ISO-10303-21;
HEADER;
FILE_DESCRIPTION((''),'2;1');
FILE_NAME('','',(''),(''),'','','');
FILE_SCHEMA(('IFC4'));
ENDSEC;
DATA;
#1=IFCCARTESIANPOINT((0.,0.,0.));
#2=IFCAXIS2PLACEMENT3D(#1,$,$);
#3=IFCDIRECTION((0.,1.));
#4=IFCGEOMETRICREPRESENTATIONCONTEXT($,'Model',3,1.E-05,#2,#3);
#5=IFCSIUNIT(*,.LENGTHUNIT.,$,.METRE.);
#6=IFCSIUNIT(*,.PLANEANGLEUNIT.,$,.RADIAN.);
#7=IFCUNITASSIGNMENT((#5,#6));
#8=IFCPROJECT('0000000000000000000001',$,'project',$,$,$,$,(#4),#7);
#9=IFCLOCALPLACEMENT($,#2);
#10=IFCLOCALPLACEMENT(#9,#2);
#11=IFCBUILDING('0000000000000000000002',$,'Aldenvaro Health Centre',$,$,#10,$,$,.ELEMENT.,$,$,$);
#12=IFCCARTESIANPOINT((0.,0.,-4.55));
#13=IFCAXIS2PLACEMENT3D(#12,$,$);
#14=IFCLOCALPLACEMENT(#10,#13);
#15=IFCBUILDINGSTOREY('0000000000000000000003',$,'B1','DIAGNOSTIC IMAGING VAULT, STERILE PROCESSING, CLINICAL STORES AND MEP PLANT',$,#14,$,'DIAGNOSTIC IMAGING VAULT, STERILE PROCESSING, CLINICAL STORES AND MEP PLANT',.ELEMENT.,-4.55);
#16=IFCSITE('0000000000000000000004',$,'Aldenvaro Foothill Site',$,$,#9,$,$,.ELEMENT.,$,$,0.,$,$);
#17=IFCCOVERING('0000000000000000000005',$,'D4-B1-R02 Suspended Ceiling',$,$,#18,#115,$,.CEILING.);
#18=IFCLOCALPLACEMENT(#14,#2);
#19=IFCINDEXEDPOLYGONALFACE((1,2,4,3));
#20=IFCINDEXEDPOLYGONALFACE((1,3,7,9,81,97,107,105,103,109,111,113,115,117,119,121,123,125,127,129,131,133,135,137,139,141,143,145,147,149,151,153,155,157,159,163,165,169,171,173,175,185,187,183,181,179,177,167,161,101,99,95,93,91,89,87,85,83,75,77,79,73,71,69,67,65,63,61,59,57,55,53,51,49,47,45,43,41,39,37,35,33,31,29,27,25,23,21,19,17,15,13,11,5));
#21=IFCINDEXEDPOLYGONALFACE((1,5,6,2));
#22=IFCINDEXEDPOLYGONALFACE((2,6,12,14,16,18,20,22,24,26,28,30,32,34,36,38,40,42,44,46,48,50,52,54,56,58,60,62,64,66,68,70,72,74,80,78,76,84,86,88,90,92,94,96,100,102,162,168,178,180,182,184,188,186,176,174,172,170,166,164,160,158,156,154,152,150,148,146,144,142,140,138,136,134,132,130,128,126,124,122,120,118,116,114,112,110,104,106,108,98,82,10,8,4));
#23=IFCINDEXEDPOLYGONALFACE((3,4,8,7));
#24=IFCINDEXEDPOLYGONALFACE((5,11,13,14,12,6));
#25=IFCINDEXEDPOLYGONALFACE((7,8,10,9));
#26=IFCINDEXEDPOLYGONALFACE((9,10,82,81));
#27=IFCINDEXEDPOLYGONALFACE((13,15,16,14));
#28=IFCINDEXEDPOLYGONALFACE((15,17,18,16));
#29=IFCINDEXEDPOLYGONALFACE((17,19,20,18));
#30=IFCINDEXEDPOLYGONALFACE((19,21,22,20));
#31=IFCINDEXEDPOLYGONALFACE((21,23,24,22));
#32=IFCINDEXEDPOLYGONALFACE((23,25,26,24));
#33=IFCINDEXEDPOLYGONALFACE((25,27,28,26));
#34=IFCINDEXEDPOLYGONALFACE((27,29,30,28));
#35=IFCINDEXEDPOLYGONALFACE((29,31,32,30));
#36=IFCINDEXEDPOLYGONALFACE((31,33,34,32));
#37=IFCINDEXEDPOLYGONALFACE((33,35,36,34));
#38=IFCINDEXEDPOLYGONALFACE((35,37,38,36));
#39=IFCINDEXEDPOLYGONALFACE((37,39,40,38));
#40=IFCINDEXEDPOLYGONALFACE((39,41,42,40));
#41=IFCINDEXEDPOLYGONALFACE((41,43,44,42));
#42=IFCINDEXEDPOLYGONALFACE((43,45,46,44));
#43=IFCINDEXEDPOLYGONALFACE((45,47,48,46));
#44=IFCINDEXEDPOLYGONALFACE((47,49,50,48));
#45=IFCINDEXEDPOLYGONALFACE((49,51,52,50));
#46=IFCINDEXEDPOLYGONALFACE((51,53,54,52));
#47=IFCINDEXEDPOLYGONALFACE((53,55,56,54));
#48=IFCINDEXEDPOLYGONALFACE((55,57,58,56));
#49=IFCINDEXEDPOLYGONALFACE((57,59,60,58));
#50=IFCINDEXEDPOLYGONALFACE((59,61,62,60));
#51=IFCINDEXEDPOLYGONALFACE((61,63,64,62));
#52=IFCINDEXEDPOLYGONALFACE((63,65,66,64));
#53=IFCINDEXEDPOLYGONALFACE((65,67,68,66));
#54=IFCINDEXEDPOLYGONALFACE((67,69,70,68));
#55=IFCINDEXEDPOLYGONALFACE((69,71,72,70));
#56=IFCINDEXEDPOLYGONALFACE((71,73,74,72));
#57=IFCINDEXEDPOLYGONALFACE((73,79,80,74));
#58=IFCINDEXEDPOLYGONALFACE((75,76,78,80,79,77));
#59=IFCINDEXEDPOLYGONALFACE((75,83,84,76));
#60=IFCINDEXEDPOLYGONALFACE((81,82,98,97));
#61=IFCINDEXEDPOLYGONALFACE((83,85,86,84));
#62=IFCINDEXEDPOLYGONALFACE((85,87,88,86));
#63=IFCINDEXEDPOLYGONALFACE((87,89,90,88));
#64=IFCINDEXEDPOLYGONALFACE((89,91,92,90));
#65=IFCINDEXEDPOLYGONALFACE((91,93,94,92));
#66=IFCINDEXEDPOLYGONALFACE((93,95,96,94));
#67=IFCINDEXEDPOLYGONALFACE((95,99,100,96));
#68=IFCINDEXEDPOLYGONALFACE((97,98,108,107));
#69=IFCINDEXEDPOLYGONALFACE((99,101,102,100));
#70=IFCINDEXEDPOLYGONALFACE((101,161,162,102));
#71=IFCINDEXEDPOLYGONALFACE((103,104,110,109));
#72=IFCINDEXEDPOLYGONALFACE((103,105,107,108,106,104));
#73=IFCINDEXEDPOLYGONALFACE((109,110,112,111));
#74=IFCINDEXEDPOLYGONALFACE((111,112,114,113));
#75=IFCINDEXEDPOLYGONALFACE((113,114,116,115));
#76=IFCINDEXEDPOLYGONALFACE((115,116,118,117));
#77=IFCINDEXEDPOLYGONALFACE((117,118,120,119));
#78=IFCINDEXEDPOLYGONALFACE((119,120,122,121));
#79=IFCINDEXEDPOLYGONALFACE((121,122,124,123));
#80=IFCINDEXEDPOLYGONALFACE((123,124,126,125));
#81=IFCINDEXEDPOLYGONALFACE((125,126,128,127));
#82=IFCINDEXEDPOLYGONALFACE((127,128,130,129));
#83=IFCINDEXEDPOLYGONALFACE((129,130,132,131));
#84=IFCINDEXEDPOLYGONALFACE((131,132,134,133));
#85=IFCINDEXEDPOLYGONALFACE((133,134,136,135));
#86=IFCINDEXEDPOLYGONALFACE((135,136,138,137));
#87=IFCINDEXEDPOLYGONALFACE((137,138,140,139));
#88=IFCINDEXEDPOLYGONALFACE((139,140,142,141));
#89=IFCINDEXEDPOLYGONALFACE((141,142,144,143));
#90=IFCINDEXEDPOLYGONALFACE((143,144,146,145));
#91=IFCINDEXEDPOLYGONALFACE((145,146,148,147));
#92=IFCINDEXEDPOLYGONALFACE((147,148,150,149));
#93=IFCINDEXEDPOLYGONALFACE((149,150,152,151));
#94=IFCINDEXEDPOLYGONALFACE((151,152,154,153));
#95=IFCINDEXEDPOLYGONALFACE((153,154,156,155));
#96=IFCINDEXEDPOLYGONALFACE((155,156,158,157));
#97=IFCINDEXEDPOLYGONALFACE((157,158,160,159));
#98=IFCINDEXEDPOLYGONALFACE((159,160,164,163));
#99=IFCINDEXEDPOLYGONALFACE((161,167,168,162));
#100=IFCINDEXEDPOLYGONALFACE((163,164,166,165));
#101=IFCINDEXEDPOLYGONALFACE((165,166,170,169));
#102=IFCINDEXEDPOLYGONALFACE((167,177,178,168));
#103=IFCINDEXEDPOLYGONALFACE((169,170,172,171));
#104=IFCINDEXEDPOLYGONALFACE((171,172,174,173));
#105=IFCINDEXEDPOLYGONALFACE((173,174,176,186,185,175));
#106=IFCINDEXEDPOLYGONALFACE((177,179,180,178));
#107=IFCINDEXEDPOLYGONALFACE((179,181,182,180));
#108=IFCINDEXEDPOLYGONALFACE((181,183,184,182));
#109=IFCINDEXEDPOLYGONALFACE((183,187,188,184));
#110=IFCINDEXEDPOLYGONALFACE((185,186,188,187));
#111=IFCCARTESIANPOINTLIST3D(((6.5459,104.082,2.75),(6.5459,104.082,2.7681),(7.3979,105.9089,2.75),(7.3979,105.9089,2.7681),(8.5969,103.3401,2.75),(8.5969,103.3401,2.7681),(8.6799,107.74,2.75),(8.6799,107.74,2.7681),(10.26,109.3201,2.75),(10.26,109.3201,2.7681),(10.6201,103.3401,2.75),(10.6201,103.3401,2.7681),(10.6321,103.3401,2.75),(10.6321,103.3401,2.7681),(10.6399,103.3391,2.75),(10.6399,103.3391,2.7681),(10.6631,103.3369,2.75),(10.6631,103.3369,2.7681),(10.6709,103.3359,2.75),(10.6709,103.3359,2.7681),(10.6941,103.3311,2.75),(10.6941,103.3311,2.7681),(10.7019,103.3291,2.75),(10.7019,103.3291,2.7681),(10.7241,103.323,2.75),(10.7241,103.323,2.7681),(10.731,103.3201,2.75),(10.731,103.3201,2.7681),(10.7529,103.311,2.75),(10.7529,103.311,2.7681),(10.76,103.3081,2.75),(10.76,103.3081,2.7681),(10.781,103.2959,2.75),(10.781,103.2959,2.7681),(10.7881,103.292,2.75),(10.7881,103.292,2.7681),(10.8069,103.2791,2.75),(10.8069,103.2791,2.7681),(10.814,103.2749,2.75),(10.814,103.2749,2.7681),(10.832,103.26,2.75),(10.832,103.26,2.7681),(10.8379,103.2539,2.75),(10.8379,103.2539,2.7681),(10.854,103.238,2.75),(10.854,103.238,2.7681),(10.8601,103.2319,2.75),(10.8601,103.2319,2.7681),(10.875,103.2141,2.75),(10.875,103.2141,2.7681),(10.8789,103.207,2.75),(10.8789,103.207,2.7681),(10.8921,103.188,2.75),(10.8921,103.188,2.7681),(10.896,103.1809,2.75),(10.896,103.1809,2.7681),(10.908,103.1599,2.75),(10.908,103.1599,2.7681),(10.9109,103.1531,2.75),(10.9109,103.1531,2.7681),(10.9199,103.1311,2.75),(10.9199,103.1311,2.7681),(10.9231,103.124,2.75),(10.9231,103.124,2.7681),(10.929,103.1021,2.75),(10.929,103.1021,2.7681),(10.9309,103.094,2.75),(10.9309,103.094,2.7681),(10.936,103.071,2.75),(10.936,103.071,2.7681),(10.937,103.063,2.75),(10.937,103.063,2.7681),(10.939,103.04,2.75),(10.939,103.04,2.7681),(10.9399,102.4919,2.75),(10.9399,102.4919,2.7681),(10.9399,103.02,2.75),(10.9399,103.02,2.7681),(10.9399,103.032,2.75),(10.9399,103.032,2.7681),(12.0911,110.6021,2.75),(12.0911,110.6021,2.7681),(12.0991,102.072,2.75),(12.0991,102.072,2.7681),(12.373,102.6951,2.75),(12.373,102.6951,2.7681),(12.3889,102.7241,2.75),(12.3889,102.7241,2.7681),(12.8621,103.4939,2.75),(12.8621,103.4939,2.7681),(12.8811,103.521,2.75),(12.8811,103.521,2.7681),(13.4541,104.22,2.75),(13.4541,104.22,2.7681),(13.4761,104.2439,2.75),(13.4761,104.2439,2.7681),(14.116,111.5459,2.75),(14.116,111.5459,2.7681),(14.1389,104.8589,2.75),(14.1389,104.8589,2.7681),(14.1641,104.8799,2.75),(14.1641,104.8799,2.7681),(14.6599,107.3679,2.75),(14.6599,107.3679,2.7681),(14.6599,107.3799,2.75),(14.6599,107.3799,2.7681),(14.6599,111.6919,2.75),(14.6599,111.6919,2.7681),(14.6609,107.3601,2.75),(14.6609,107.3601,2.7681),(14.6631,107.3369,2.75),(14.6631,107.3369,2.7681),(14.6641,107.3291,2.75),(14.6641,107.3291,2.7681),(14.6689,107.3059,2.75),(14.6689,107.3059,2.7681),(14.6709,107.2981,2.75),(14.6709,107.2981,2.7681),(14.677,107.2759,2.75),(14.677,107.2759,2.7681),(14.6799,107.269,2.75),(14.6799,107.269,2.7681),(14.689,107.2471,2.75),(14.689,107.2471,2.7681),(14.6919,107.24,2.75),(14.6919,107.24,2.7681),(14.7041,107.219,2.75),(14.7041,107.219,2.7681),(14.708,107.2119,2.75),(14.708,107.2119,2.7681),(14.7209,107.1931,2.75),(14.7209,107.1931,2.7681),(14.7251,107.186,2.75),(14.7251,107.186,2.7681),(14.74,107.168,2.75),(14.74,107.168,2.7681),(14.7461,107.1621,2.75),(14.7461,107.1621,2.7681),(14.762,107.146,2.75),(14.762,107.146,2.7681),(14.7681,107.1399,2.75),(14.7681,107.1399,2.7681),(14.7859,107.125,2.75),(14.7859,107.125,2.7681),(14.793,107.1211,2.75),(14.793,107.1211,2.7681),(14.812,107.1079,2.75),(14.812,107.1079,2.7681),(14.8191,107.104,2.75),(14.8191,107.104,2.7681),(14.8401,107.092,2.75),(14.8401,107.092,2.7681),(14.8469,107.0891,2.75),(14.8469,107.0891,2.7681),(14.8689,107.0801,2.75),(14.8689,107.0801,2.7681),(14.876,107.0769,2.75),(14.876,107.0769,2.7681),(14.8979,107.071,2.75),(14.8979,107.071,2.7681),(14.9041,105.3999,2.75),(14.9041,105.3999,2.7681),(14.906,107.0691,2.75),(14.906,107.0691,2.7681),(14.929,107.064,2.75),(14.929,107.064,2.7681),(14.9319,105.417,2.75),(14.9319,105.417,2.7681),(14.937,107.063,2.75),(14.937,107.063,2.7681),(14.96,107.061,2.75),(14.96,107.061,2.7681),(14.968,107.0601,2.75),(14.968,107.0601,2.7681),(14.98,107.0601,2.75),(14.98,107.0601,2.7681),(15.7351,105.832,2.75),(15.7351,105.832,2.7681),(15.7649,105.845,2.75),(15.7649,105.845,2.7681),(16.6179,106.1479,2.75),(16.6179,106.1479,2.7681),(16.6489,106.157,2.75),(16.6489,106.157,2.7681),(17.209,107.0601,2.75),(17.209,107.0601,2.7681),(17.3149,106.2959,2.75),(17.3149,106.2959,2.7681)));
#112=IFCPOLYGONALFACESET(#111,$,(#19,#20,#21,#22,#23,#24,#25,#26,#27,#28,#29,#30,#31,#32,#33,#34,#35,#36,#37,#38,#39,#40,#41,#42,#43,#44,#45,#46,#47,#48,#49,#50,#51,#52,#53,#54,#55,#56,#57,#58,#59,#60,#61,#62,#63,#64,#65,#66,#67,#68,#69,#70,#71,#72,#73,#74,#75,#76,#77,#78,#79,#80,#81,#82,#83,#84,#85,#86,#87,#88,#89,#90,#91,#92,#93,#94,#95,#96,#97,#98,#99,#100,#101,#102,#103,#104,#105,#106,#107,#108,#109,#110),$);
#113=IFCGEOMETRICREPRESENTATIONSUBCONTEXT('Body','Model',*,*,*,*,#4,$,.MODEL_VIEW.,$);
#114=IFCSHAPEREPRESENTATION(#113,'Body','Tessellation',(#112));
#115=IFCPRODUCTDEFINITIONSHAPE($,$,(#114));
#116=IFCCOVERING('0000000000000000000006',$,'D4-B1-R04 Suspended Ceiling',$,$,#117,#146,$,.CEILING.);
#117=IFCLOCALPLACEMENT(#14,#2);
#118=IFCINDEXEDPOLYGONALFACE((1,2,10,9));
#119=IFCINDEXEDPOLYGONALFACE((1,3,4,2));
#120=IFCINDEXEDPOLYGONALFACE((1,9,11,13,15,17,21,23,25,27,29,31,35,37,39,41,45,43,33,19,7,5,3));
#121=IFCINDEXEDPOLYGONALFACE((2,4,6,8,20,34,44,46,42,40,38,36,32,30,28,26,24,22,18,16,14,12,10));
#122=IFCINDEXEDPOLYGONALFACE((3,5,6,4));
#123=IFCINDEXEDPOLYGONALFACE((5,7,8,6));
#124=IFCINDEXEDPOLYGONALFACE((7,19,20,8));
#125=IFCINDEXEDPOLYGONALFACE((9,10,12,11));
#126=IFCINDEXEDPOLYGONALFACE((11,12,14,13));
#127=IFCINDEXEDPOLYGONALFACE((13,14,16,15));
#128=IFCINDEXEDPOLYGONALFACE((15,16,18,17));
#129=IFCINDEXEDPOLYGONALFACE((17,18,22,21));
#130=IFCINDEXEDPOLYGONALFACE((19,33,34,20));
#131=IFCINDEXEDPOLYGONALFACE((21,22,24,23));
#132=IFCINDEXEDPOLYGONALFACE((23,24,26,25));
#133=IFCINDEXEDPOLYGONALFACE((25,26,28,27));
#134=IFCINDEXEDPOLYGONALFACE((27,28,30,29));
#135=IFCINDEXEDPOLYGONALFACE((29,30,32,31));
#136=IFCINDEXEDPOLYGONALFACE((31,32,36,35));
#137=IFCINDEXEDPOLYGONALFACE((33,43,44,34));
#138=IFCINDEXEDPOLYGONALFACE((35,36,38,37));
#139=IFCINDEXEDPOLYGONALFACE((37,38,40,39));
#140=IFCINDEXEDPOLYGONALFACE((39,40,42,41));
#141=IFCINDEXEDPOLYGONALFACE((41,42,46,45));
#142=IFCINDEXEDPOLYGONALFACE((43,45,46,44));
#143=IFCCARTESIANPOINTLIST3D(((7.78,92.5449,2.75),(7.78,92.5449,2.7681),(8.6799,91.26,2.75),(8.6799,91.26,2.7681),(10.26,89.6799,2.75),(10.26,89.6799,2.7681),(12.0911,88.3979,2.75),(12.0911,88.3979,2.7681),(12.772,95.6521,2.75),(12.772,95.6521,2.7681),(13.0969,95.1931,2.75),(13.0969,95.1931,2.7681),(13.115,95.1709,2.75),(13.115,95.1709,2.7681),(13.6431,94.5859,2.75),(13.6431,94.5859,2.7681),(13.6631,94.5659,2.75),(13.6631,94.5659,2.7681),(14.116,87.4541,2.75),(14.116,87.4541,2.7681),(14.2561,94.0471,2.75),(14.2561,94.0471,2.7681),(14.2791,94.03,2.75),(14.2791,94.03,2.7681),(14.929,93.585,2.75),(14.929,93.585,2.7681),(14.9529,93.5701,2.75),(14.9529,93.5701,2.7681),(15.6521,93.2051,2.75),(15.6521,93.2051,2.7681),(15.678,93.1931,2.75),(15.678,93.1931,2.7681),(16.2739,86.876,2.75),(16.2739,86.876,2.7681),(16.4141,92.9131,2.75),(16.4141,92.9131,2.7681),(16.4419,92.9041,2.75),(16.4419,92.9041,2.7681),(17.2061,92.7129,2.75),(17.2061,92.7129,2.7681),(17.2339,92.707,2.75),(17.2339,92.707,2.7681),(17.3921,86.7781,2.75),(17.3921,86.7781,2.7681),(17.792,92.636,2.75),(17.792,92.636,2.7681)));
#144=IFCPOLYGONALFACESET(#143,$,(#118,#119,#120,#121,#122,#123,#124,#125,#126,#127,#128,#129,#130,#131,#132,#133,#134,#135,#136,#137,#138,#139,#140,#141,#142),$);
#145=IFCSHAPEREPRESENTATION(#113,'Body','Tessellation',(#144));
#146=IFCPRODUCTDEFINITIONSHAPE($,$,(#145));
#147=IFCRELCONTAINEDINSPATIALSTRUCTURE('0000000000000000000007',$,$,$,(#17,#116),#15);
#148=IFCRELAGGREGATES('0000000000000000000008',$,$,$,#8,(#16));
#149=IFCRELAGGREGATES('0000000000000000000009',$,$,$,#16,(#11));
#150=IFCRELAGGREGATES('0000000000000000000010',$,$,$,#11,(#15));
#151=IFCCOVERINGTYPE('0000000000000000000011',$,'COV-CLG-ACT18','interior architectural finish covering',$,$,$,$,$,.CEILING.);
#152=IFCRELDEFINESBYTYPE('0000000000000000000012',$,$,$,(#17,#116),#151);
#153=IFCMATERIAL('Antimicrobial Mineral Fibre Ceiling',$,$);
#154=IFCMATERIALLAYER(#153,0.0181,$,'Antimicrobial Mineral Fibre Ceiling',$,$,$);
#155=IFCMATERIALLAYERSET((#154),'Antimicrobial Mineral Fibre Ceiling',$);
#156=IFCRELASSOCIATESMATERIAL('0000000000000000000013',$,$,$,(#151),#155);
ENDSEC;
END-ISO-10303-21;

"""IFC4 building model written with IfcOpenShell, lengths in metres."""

from ifc_helpers import new_model, si_unit, direction, frame, origin, place, context, subcontext, project, spatial, polyline, outline, extrude, material, layer, layer_set, type_object, element, save


model = new_model("IFC4")

# Units and contexts
model_context = context("Model", 3, precision=1e-05, world=origin(), true_north=direction((0.0, 1.0)))
body_context = subcontext(model_context, "Body", "Model", "MODEL_VIEW")
ifc_project = project(units=[si_unit("LENGTHUNIT", "METRE"), si_unit("PLANEANGLEUNIT", "RADIAN")], contexts=[model_context])

# Site, building, storey
site_placement = place(None, origin())
site = spatial("IfcSite", under=ifc_project, at=site_placement, Name="Aldenvaro Foothill Site", CompositionType="ELEMENT", RefElevation=0.0)
building_placement = place(site_placement, origin())
building = spatial("IfcBuilding", under=site, at=building_placement, Name="Aldenvaro Health Centre", CompositionType="ELEMENT")
storey_placement = place(building_placement, frame((0.0, 0.0, -4.55)))
storey = spatial("IfcBuildingStorey", under=building, at=storey_placement, Name="B1", Description="DIAGNOSTIC IMAGING VAULT, STERILE PROCESSING, CLINICAL STORES AND MEP PLANT", LongName="DIAGNOSTIC IMAGING VAULT, STERILE PROCESSING, CLINICAL STORES AND MEP PLANT", CompositionType="ELEMENT", Elevation=-4.55)

# Coverings
ifc_material_1 = material(Name="Antimicrobial Mineral Fibre Ceiling")
ifc_layer_1 = layer(ifc_material_1, 0.0181, Name="Antimicrobial Mineral Fibre Ceiling")
ifc_layer_set_1 = layer_set([ifc_layer_1], Name="Antimicrobial Mineral Fibre Ceiling")
covering_type_1 = type_object("IfcCoveringType", Name="COV-CLG-ACT18", Description="interior architectural finish covering", PredefinedType="CEILING", material=ifc_layer_set_1)
covering_1_placement = place(storey_placement, frame((0.0, 0.0, 2.75)))
element("IfcCovering", 1, at=covering_1_placement, inside=storey, type_object=covering_type_1, Name="D4-B1-R02 Suspended Ceiling", PredefinedType="CEILING", context=body_context, shape_type="SweptSolid", body=[
    extrude(outline(polyline([(6.5459, 104.082), (7.3979, 105.9089), (8.6799, 107.74), (10.26, 109.3201), (12.0911, 110.6021), (14.116, 111.5459), (14.6599, 111.6919), (14.6599, 107.3799), (14.6599, 107.3679), (14.6609, 107.3601), (14.6631, 107.3369), (14.6641, 107.3291), (14.6689, 107.3059), (14.6709, 107.2981), (14.677, 107.2759), (14.6799, 107.269), (14.689, 107.2471), (14.6919, 107.24), (14.7041, 107.219), (14.708, 107.2119), (14.7209, 107.1931), (14.7251, 107.186), (14.74, 107.168), (14.7461, 107.1621), (14.762, 107.146), (14.7681, 107.1399), (14.7859, 107.125), (14.793, 107.1211), (14.812, 107.1079), (14.8191, 107.104), (14.8401, 107.092), (14.8469, 107.0891), (14.8689, 107.0801), (14.876, 107.0769), (14.8979, 107.071), (14.906, 107.0691), (14.929, 107.064), (14.937, 107.063), (14.96, 107.061), (14.968, 107.0601), (14.98, 107.0601), (17.209, 107.0601), (17.3149, 106.2959), (16.6489, 106.157), (16.6179, 106.1479), (15.7649, 105.845), (15.7351, 105.832), (14.9319, 105.417), (14.9041, 105.3999), (14.1641, 104.8799), (14.1389, 104.8589), (13.4761, 104.2439), (13.4541, 104.22), (12.8811, 103.521), (12.8621, 103.4939), (12.3889, 102.7241), (12.373, 102.6951), (12.0991, 102.072), (10.9399, 102.4919), (10.9399, 103.02), (10.9399, 103.032), (10.939, 103.04), (10.937, 103.063), (10.936, 103.071), (10.9309, 103.094), (10.929, 103.1021), (10.9231, 103.124), (10.9199, 103.1311), (10.9109, 103.1531), (10.908, 103.1599), (10.896, 103.1809), (10.8921, 103.188), (10.8789, 103.207), (10.875, 103.2141), (10.8601, 103.2319), (10.854, 103.238), (10.8379, 103.2539), (10.832, 103.26), (10.814, 103.2749), (10.8069, 103.2791), (10.7881, 103.292), (10.781, 103.2959), (10.76, 103.3081), (10.7529, 103.311), (10.731, 103.3201), (10.7241, 103.323), (10.7019, 103.3291), (10.6941, 103.3311), (10.6709, 103.3359), (10.6631, 103.3369), (10.6399, 103.3391), (10.6321, 103.3401), (10.6201, 103.3401), (8.5969, 103.3401), (6.5459, 104.082)])), origin(), (0.0, 0.0, 1.0), 0.0181),
])
covering_2_placement = place(storey_placement, frame((0.0, 0.0, 2.75)))
element("IfcCovering", 2, at=covering_2_placement, inside=storey, type_object=covering_type_1, Name="D4-B1-R04 Suspended Ceiling", PredefinedType="CEILING", context=body_context, shape_type="SweptSolid", body=[
    extrude(outline(polyline([(13.0969, 95.1931), (13.115, 95.1709), (13.6431, 94.5859), (13.6631, 94.5659), (14.2561, 94.0471), (14.2791, 94.03), (14.929, 93.585), (14.9529, 93.5701), (15.6521, 93.2051), (15.678, 93.1931), (16.4141, 92.9131), (16.4419, 92.9041), (17.2061, 92.7129), (17.2339, 92.707), (17.792, 92.636), (17.3921, 86.7781), (16.2739, 86.876), (14.116, 87.4541), (12.0911, 88.3979), (10.26, 89.6799), (8.6799, 91.26), (7.78, 92.5449), (12.772, 95.6521), (13.0969, 95.1931)])), origin(), (0.0, 0.0, 1.0), 0.0181),
])

save(model, "model.ifc")
